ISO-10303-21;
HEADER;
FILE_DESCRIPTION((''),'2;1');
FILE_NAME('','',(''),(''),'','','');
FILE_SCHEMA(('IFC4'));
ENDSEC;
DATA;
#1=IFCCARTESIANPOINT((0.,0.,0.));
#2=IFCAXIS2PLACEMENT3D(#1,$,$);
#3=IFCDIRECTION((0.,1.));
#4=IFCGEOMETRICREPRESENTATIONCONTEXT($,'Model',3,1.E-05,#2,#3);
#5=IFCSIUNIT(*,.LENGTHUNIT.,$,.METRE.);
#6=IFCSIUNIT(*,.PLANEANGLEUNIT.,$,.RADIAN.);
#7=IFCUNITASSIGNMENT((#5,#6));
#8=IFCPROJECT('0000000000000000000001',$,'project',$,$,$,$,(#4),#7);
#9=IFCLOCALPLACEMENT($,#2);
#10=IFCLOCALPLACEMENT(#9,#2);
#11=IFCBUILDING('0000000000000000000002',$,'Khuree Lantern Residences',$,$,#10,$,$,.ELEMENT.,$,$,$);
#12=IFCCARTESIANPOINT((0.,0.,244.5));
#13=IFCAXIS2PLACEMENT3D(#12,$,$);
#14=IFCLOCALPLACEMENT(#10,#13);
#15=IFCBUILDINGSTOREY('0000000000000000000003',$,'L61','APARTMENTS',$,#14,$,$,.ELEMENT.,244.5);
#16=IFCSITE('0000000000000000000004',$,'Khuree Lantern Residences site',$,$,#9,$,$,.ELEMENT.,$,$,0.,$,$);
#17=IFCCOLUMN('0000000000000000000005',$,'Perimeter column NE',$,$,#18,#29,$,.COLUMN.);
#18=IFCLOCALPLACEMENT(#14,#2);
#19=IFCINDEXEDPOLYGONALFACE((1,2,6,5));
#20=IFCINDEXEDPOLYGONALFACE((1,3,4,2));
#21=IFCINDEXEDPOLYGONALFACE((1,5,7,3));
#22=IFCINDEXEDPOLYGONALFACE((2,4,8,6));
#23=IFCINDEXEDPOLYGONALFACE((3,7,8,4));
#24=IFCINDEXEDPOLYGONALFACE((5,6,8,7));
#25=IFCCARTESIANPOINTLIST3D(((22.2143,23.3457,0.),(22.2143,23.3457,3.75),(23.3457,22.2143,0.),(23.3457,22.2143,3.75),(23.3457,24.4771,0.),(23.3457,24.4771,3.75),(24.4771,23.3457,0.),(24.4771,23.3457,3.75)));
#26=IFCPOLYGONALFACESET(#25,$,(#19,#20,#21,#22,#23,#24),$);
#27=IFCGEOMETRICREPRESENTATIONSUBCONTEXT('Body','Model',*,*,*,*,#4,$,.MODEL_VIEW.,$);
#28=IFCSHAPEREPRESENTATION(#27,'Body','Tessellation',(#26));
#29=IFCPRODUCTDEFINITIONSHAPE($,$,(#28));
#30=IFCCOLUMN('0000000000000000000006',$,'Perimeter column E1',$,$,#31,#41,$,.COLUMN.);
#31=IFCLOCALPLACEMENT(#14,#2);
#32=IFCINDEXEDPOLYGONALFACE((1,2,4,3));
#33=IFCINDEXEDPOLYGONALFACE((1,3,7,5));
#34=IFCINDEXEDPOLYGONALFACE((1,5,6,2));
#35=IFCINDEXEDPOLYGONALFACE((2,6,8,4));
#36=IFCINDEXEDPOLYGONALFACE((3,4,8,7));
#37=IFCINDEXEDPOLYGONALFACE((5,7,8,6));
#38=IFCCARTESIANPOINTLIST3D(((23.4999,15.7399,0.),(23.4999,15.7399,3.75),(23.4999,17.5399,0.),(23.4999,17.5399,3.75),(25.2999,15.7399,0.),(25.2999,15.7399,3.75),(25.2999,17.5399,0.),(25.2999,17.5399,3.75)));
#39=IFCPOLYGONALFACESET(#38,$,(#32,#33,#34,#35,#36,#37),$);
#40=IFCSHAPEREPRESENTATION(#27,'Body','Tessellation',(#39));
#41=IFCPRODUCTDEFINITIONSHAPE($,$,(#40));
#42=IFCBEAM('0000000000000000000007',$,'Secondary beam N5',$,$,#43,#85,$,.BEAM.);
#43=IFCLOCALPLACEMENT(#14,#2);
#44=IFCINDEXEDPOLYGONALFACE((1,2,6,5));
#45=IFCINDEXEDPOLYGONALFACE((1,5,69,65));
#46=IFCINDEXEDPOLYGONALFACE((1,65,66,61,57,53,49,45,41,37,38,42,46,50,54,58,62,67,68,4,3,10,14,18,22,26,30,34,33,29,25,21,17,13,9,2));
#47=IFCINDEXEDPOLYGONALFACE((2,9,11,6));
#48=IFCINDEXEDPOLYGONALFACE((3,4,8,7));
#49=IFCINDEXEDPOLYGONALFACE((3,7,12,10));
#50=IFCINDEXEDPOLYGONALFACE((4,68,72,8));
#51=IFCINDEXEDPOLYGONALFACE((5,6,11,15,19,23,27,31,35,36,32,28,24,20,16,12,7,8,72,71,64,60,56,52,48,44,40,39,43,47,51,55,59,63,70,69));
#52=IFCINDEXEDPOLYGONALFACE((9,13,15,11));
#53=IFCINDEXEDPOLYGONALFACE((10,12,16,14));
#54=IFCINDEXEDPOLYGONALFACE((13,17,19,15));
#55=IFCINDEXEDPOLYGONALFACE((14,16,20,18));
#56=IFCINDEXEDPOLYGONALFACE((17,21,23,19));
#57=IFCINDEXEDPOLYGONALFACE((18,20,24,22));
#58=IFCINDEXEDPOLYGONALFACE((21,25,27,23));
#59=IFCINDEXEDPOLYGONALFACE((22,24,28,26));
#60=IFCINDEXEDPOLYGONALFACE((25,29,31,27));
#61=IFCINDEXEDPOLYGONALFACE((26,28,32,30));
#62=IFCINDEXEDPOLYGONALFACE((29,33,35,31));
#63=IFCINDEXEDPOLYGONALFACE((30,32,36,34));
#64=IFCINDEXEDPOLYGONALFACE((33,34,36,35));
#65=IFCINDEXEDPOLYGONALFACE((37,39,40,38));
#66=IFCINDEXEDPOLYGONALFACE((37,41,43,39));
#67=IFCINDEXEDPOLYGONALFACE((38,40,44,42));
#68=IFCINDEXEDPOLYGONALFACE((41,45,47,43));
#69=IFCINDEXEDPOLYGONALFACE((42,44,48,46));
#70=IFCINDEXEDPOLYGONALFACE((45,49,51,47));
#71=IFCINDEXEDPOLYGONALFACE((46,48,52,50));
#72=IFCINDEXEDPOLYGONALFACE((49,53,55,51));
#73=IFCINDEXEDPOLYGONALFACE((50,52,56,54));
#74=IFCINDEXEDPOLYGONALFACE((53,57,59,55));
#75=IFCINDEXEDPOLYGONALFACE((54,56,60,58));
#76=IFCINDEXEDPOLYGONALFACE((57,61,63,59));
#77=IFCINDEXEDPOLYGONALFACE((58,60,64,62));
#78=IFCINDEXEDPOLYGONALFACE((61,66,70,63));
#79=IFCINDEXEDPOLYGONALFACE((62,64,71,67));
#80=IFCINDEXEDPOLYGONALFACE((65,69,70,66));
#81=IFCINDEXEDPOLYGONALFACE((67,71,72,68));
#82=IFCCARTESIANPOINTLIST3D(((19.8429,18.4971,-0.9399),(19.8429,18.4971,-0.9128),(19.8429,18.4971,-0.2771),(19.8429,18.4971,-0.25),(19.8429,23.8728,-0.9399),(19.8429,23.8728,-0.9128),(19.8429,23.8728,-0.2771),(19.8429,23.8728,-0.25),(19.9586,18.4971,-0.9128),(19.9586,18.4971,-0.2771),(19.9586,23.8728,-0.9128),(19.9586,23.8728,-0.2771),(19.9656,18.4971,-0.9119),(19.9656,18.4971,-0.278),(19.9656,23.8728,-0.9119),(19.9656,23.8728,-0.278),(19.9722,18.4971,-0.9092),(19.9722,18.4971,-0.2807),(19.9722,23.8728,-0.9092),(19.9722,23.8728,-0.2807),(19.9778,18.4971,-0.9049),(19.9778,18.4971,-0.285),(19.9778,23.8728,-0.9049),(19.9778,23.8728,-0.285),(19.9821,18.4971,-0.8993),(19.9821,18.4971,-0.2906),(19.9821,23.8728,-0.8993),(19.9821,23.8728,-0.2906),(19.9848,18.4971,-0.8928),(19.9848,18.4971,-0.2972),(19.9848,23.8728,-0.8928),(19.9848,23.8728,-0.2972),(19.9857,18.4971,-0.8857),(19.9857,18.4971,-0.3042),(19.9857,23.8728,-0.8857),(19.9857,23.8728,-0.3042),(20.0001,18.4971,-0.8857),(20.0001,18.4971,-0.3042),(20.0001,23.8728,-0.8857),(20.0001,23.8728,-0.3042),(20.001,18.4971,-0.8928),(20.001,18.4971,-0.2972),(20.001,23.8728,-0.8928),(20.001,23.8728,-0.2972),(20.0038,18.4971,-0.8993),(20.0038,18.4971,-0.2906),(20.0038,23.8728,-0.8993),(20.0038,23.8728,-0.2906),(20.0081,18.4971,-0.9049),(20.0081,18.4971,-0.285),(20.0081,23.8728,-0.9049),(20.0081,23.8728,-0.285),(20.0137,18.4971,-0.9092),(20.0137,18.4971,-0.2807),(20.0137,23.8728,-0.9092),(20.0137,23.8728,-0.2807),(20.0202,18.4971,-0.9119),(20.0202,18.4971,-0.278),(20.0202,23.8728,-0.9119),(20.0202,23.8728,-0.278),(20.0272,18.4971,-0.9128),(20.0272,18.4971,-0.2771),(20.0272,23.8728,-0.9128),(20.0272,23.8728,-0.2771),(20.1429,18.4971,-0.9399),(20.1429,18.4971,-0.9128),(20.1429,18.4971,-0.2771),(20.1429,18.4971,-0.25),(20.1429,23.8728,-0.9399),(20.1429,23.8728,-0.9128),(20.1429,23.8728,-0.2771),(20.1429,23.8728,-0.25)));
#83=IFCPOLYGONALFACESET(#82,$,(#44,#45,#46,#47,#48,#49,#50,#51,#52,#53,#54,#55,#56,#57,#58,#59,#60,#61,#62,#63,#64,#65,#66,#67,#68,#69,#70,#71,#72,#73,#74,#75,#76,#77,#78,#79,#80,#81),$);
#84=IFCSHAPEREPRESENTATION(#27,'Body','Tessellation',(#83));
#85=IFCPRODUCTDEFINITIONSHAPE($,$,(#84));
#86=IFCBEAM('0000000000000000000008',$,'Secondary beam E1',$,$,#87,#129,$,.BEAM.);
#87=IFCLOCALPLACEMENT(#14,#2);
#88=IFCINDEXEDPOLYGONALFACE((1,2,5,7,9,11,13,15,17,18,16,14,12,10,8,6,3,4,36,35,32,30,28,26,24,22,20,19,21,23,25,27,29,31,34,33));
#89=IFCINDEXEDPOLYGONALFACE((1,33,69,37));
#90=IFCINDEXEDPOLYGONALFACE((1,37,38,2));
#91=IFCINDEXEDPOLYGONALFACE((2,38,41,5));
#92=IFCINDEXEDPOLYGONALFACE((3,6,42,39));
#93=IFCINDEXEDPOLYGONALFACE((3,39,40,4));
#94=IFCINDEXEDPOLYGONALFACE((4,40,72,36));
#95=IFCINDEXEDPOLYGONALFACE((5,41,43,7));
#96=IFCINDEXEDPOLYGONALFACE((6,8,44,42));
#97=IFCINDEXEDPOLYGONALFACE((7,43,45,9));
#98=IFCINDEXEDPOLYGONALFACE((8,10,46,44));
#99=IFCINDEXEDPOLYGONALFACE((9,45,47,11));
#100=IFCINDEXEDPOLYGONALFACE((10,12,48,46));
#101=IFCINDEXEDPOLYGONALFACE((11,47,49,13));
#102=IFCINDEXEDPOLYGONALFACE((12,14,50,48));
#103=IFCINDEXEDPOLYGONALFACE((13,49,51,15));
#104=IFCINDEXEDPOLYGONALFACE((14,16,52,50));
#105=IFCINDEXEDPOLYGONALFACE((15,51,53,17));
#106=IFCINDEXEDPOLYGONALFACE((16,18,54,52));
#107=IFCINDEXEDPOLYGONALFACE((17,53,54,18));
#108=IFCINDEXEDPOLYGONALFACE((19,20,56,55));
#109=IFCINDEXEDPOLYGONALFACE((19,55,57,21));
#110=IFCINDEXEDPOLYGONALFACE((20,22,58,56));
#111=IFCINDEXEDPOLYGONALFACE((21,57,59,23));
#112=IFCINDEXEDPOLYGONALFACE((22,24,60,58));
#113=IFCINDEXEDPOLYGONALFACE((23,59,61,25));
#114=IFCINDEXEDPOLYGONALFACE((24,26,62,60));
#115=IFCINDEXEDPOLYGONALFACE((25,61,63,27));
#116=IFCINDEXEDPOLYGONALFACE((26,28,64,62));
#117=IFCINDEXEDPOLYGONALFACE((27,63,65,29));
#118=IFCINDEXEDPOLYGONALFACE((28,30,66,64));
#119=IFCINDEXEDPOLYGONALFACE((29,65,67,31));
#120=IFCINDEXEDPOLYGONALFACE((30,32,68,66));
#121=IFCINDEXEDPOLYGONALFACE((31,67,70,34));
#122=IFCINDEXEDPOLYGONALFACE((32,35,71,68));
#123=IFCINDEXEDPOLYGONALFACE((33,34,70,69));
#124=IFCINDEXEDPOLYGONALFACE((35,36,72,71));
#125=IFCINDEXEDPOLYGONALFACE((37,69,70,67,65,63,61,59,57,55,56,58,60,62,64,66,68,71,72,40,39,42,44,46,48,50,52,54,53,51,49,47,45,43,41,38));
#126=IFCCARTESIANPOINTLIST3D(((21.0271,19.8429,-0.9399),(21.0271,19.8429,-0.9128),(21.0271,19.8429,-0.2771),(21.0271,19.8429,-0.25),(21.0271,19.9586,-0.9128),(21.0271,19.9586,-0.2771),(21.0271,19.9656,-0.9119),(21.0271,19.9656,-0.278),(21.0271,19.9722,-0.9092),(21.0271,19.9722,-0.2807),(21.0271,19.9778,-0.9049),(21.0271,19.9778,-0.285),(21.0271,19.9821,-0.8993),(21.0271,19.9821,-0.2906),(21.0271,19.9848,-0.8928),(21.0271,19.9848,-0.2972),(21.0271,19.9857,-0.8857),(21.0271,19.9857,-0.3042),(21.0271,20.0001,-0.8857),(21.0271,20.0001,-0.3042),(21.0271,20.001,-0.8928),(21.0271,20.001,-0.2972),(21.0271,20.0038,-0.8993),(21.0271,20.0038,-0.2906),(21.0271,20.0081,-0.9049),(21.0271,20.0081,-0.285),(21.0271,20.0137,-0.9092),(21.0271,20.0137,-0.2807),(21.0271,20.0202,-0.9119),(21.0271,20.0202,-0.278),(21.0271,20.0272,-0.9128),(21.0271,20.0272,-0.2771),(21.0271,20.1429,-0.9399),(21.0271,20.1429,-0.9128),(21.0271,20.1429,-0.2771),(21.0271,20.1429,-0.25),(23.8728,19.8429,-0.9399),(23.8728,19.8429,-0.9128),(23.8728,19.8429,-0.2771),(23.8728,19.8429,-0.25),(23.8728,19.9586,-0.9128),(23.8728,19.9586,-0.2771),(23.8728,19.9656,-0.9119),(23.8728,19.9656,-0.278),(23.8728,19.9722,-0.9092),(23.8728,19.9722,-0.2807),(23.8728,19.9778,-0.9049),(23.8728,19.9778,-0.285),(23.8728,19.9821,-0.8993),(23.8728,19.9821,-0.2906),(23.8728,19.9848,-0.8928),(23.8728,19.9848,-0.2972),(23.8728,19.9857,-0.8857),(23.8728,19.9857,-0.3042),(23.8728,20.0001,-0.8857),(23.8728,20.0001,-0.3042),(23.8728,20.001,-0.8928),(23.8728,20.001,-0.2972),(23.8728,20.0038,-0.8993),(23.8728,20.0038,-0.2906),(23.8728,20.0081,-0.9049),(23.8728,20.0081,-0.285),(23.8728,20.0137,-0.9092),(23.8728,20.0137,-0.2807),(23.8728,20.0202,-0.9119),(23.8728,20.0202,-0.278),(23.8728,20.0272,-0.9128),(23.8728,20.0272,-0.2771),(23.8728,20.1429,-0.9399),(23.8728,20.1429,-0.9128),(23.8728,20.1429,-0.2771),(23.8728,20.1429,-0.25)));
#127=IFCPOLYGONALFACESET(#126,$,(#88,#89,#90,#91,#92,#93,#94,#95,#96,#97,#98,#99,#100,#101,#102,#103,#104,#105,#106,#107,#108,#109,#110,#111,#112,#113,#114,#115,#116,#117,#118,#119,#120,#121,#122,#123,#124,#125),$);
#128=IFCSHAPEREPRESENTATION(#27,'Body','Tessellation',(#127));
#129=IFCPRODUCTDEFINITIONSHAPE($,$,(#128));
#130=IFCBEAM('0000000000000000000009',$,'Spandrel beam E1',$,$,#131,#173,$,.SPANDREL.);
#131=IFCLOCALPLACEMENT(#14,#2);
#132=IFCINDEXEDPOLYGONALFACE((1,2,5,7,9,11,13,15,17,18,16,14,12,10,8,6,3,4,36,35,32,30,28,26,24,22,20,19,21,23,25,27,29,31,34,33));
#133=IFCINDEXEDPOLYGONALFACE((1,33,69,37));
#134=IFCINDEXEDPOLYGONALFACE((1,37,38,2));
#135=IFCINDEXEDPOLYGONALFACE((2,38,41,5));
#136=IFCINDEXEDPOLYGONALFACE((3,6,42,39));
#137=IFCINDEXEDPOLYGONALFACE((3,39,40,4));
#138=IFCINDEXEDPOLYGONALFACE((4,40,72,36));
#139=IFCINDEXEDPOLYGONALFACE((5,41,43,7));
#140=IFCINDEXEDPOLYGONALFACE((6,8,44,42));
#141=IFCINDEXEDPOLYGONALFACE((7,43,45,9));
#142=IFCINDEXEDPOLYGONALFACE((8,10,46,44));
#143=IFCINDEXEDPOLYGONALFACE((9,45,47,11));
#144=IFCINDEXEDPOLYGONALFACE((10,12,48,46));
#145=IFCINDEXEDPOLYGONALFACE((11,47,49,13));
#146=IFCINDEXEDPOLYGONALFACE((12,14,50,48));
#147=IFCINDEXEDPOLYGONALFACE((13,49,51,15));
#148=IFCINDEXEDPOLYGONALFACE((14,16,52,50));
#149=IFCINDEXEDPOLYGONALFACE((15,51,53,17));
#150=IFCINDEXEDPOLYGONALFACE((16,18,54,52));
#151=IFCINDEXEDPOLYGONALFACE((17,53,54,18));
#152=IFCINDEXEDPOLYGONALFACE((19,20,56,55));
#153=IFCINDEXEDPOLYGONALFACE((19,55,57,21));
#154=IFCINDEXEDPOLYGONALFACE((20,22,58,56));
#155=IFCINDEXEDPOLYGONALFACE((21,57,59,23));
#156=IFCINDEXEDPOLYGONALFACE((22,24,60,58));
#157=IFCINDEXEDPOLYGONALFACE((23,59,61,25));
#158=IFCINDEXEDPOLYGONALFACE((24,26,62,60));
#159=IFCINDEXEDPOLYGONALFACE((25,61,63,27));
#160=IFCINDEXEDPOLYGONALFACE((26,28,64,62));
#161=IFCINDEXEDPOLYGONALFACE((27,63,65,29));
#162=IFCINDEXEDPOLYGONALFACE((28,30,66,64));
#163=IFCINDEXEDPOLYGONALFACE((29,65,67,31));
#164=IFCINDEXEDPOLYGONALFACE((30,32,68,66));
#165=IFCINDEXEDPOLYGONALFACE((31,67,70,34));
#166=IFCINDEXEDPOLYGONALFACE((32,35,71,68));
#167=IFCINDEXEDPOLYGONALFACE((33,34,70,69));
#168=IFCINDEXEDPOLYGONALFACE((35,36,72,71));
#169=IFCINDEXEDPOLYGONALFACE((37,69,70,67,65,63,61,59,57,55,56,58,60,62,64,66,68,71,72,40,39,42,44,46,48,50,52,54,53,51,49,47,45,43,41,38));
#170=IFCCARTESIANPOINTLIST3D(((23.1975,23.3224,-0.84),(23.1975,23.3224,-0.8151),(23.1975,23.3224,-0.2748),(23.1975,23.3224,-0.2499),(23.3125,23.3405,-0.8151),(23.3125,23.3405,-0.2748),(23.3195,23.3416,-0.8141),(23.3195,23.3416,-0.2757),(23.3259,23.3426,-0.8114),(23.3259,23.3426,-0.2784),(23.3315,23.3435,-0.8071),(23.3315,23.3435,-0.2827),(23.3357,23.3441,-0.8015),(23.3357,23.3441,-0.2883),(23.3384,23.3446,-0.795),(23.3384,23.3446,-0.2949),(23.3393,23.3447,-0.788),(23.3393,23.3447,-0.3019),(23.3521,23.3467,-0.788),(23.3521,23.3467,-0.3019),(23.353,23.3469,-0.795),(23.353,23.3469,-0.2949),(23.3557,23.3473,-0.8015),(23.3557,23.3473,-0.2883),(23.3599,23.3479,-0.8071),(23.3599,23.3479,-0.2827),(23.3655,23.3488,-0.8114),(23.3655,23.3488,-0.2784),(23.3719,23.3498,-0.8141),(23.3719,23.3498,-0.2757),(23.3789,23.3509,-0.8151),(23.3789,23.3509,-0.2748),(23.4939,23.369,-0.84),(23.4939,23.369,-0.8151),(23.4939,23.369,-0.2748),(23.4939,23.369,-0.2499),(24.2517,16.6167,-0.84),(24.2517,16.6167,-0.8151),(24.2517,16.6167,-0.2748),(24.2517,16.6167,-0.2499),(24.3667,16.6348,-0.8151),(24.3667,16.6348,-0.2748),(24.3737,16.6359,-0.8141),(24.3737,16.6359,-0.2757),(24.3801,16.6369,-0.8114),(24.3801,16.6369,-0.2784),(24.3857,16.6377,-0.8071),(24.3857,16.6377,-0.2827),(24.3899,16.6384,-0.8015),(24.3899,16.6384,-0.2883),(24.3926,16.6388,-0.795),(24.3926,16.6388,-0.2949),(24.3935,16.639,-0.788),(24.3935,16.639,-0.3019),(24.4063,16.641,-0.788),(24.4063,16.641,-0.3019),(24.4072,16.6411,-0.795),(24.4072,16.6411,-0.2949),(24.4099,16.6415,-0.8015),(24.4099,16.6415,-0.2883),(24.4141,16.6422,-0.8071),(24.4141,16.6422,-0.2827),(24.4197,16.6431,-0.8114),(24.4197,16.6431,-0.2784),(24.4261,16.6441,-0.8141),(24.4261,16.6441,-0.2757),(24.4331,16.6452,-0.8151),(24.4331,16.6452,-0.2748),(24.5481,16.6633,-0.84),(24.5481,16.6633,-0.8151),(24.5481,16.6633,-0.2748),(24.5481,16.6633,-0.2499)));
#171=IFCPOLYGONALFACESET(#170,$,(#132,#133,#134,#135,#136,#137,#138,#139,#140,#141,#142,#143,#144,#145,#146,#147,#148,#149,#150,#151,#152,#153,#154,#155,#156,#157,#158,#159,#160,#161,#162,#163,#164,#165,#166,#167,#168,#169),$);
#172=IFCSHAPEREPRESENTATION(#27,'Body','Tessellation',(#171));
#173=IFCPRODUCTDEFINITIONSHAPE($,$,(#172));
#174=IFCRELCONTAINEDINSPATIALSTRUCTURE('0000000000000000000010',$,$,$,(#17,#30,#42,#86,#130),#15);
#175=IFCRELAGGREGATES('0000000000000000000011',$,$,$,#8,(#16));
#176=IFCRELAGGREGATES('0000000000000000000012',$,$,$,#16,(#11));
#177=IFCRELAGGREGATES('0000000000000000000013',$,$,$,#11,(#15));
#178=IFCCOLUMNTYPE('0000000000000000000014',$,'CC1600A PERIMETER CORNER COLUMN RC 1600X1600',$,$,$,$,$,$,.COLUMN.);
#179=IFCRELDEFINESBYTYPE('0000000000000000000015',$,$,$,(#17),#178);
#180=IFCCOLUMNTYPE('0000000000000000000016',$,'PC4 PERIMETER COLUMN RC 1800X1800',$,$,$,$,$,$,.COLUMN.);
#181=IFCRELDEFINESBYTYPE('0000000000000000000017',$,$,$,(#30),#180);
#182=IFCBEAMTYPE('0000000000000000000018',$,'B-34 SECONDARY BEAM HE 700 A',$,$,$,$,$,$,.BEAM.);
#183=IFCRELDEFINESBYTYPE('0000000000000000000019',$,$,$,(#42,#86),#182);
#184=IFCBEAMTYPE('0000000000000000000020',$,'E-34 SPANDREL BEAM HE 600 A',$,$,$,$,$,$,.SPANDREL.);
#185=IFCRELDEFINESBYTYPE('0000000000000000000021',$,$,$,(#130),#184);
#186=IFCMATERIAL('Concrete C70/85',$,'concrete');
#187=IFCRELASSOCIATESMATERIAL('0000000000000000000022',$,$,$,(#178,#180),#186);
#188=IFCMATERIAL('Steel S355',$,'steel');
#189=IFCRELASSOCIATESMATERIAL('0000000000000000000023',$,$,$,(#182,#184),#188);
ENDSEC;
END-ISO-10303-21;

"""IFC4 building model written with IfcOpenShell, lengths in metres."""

from ifc_helpers import new_model, si_unit, direction, frame, origin, origin_2d, place, context, subcontext, project, spatial, rectangle, i_section, extrude, material, material_profile, profile_set, type_object, element, save


model = new_model("IFC4")

# Units and contexts
model_context = context("Model", 3, precision=1e-05, world=origin(), true_north=direction((0.0, 1.0)))
body_context = subcontext(model_context, "Body", "Model", "MODEL_VIEW")
ifc_project = project(units=[si_unit("LENGTHUNIT", "METRE"), si_unit("PLANEANGLEUNIT", "RADIAN")], contexts=[model_context])

# Site, building, storey
site_placement = place(None, origin())
site = spatial("IfcSite", under=ifc_project, at=site_placement, Name="Khuree Lantern Residences site", CompositionType="ELEMENT", RefElevation=0.0)
building_placement = place(site_placement, origin())
building = spatial("IfcBuilding", under=site, at=building_placement, Name="Khuree Lantern Residences", CompositionType="ELEMENT")
storey_placement = place(building_placement, frame((0.0, 0.0, 244.5)))
storey = spatial("IfcBuildingStorey", under=building, at=storey_placement, Name="L61", Description="APARTMENTS", CompositionType="ELEMENT", Elevation=244.5)

# Columns
ifc_material_1 = material(Name="Concrete C70/85", Category="concrete")
ifc_material_profile_1 = material_profile(ifc_material_1, rectangle(XDim=1.6001, YDim=1.6001, at=origin_2d()), Name="RC 1600X1600")
ifc_profile_set_1 = profile_set([ifc_material_profile_1], Name="Concrete C70/85")
column_type_1 = type_object("IfcColumnType", Name="CC1600A PERIMETER CORNER COLUMN RC 1600X1600", PredefinedType="COLUMN", material=ifc_profile_set_1)
column_1_placement = place(storey_placement, frame((23.3457, 23.3457, 0.0), z_axis=(0.0, 0.0, 1.0), x_axis=(0.707107, -0.707107, 0.0)))
element("IfcColumn", 1, at=column_1_placement, inside=storey, type_object=column_type_1, Name="Perimeter column NE", PredefinedType="COLUMN", context=body_context, shape_type="SweptSolid", body=[
    extrude(rectangle(XDim=1.6001, YDim=1.6001, at=origin_2d()), origin(), (0.0, 0.0, 1.0), 3.75),
])
ifc_material_profile_2 = material_profile(ifc_material_1, rectangle(XDim=1.8, YDim=1.8, at=origin_2d()), Name="RC 1800X1800")
ifc_profile_set_2 = profile_set([ifc_material_profile_2], Name="Concrete C70/85")
column_type_2 = type_object("IfcColumnType", Name="PC4 PERIMETER COLUMN RC 1800X1800", PredefinedType="COLUMN", material=ifc_profile_set_2)
column_2_placement = place(storey_placement, frame((24.3999, 16.6399, 0.0), z_axis=(0.0, 0.0, 1.0), x_axis=(0.0, 1.0, 0.0)))
element("IfcColumn", 2, at=column_2_placement, inside=storey, type_object=column_type_2, Name="Perimeter column E1", PredefinedType="COLUMN", context=body_context, shape_type="SweptSolid", body=[
    extrude(rectangle(XDim=1.8, YDim=1.8, at=origin_2d()), origin(), (0.0, 0.0, 1.0), 3.75),
])

# Beams
ifc_material_2 = material(Name="Steel S355", Category="steel")
ifc_material_profile_3 = material_profile(ifc_material_2, i_section(OverallWidth=0.3, OverallDepth=0.6899, WebThickness=0.0144, FlangeThickness=0.0271, FilletRadius=0.0271, at=origin_2d()), Name="HE 700 A")
ifc_profile_set_3 = profile_set([ifc_material_profile_3], Name="Steel S355")
beam_type_1 = type_object("IfcBeamType", Name="B-34 SECONDARY BEAM HE 700 A", PredefinedType="BEAM", material=ifc_profile_set_3)
beam_1_placement = place(storey_placement, frame((19.9929, 23.8728, -0.595), z_axis=(0.0, -1.0, 0.0), x_axis=(1.0, 0.0, 0.0)))
element("IfcBeam", 3, at=beam_1_placement, inside=storey, type_object=beam_type_1, Name="Secondary beam N5", PredefinedType="BEAM", context=body_context, shape_type="SweptSolid", body=[
    extrude(i_section(OverallWidth=0.3, OverallDepth=0.6899, WebThickness=0.0144, FlangeThickness=0.0271, FilletRadius=0.0271, at=origin_2d()), origin(), (0.0, 0.0, 1.0), 5.3757),
])
beam_2_placement = place(storey_placement, frame((23.8728, 19.9929, -0.595), z_axis=(-1.0, 0.0, 0.0), x_axis=(0.0, -1.0, 0.0)))
element("IfcBeam", 4, at=beam_2_placement, inside=storey, type_object=beam_type_1, Name="Secondary beam E1", PredefinedType="BEAM", context=body_context, shape_type="SweptSolid", body=[
    extrude(i_section(OverallWidth=0.3, OverallDepth=0.6899, WebThickness=0.0144, FlangeThickness=0.0271, FilletRadius=0.0271, at=origin_2d()), origin(), (0.0, 0.0, 1.0), 2.8457),
])
ifc_material_profile_4 = material_profile(ifc_material_2, i_section(OverallWidth=0.3, OverallDepth=0.5901, WebThickness=0.0129, FlangeThickness=0.0249, FilletRadius=0.0271, at=origin_2d()), Name="HE 600 A")
ifc_profile_set_4 = profile_set([ifc_material_profile_4], Name="Steel S355")
beam_type_2 = type_object("IfcBeamType", Name="E-34 SPANDREL BEAM HE 600 A", PredefinedType="SPANDREL", material=ifc_profile_set_4)
beam_3_placement = place(storey_placement, frame((23.3457, 23.3457, -0.5449), z_axis=(0.1553, -0.987867, 0.0), x_axis=(0.987867, 0.1553, 0.0)))
element("IfcBeam", 5, at=beam_3_placement, inside=storey, type_object=beam_type_2, Name="Spandrel beam E1", PredefinedType="SPANDREL", context=body_context, shape_type="SweptSolid", body=[
    extrude(i_section(OverallWidth=0.3, OverallDepth=0.5901, WebThickness=0.0129, FlangeThickness=0.0249, FilletRadius=0.0271, at=origin_2d()), origin(), (0.0, 0.0, 1.0), 6.7881),
])

save(model, "model.ifc")
